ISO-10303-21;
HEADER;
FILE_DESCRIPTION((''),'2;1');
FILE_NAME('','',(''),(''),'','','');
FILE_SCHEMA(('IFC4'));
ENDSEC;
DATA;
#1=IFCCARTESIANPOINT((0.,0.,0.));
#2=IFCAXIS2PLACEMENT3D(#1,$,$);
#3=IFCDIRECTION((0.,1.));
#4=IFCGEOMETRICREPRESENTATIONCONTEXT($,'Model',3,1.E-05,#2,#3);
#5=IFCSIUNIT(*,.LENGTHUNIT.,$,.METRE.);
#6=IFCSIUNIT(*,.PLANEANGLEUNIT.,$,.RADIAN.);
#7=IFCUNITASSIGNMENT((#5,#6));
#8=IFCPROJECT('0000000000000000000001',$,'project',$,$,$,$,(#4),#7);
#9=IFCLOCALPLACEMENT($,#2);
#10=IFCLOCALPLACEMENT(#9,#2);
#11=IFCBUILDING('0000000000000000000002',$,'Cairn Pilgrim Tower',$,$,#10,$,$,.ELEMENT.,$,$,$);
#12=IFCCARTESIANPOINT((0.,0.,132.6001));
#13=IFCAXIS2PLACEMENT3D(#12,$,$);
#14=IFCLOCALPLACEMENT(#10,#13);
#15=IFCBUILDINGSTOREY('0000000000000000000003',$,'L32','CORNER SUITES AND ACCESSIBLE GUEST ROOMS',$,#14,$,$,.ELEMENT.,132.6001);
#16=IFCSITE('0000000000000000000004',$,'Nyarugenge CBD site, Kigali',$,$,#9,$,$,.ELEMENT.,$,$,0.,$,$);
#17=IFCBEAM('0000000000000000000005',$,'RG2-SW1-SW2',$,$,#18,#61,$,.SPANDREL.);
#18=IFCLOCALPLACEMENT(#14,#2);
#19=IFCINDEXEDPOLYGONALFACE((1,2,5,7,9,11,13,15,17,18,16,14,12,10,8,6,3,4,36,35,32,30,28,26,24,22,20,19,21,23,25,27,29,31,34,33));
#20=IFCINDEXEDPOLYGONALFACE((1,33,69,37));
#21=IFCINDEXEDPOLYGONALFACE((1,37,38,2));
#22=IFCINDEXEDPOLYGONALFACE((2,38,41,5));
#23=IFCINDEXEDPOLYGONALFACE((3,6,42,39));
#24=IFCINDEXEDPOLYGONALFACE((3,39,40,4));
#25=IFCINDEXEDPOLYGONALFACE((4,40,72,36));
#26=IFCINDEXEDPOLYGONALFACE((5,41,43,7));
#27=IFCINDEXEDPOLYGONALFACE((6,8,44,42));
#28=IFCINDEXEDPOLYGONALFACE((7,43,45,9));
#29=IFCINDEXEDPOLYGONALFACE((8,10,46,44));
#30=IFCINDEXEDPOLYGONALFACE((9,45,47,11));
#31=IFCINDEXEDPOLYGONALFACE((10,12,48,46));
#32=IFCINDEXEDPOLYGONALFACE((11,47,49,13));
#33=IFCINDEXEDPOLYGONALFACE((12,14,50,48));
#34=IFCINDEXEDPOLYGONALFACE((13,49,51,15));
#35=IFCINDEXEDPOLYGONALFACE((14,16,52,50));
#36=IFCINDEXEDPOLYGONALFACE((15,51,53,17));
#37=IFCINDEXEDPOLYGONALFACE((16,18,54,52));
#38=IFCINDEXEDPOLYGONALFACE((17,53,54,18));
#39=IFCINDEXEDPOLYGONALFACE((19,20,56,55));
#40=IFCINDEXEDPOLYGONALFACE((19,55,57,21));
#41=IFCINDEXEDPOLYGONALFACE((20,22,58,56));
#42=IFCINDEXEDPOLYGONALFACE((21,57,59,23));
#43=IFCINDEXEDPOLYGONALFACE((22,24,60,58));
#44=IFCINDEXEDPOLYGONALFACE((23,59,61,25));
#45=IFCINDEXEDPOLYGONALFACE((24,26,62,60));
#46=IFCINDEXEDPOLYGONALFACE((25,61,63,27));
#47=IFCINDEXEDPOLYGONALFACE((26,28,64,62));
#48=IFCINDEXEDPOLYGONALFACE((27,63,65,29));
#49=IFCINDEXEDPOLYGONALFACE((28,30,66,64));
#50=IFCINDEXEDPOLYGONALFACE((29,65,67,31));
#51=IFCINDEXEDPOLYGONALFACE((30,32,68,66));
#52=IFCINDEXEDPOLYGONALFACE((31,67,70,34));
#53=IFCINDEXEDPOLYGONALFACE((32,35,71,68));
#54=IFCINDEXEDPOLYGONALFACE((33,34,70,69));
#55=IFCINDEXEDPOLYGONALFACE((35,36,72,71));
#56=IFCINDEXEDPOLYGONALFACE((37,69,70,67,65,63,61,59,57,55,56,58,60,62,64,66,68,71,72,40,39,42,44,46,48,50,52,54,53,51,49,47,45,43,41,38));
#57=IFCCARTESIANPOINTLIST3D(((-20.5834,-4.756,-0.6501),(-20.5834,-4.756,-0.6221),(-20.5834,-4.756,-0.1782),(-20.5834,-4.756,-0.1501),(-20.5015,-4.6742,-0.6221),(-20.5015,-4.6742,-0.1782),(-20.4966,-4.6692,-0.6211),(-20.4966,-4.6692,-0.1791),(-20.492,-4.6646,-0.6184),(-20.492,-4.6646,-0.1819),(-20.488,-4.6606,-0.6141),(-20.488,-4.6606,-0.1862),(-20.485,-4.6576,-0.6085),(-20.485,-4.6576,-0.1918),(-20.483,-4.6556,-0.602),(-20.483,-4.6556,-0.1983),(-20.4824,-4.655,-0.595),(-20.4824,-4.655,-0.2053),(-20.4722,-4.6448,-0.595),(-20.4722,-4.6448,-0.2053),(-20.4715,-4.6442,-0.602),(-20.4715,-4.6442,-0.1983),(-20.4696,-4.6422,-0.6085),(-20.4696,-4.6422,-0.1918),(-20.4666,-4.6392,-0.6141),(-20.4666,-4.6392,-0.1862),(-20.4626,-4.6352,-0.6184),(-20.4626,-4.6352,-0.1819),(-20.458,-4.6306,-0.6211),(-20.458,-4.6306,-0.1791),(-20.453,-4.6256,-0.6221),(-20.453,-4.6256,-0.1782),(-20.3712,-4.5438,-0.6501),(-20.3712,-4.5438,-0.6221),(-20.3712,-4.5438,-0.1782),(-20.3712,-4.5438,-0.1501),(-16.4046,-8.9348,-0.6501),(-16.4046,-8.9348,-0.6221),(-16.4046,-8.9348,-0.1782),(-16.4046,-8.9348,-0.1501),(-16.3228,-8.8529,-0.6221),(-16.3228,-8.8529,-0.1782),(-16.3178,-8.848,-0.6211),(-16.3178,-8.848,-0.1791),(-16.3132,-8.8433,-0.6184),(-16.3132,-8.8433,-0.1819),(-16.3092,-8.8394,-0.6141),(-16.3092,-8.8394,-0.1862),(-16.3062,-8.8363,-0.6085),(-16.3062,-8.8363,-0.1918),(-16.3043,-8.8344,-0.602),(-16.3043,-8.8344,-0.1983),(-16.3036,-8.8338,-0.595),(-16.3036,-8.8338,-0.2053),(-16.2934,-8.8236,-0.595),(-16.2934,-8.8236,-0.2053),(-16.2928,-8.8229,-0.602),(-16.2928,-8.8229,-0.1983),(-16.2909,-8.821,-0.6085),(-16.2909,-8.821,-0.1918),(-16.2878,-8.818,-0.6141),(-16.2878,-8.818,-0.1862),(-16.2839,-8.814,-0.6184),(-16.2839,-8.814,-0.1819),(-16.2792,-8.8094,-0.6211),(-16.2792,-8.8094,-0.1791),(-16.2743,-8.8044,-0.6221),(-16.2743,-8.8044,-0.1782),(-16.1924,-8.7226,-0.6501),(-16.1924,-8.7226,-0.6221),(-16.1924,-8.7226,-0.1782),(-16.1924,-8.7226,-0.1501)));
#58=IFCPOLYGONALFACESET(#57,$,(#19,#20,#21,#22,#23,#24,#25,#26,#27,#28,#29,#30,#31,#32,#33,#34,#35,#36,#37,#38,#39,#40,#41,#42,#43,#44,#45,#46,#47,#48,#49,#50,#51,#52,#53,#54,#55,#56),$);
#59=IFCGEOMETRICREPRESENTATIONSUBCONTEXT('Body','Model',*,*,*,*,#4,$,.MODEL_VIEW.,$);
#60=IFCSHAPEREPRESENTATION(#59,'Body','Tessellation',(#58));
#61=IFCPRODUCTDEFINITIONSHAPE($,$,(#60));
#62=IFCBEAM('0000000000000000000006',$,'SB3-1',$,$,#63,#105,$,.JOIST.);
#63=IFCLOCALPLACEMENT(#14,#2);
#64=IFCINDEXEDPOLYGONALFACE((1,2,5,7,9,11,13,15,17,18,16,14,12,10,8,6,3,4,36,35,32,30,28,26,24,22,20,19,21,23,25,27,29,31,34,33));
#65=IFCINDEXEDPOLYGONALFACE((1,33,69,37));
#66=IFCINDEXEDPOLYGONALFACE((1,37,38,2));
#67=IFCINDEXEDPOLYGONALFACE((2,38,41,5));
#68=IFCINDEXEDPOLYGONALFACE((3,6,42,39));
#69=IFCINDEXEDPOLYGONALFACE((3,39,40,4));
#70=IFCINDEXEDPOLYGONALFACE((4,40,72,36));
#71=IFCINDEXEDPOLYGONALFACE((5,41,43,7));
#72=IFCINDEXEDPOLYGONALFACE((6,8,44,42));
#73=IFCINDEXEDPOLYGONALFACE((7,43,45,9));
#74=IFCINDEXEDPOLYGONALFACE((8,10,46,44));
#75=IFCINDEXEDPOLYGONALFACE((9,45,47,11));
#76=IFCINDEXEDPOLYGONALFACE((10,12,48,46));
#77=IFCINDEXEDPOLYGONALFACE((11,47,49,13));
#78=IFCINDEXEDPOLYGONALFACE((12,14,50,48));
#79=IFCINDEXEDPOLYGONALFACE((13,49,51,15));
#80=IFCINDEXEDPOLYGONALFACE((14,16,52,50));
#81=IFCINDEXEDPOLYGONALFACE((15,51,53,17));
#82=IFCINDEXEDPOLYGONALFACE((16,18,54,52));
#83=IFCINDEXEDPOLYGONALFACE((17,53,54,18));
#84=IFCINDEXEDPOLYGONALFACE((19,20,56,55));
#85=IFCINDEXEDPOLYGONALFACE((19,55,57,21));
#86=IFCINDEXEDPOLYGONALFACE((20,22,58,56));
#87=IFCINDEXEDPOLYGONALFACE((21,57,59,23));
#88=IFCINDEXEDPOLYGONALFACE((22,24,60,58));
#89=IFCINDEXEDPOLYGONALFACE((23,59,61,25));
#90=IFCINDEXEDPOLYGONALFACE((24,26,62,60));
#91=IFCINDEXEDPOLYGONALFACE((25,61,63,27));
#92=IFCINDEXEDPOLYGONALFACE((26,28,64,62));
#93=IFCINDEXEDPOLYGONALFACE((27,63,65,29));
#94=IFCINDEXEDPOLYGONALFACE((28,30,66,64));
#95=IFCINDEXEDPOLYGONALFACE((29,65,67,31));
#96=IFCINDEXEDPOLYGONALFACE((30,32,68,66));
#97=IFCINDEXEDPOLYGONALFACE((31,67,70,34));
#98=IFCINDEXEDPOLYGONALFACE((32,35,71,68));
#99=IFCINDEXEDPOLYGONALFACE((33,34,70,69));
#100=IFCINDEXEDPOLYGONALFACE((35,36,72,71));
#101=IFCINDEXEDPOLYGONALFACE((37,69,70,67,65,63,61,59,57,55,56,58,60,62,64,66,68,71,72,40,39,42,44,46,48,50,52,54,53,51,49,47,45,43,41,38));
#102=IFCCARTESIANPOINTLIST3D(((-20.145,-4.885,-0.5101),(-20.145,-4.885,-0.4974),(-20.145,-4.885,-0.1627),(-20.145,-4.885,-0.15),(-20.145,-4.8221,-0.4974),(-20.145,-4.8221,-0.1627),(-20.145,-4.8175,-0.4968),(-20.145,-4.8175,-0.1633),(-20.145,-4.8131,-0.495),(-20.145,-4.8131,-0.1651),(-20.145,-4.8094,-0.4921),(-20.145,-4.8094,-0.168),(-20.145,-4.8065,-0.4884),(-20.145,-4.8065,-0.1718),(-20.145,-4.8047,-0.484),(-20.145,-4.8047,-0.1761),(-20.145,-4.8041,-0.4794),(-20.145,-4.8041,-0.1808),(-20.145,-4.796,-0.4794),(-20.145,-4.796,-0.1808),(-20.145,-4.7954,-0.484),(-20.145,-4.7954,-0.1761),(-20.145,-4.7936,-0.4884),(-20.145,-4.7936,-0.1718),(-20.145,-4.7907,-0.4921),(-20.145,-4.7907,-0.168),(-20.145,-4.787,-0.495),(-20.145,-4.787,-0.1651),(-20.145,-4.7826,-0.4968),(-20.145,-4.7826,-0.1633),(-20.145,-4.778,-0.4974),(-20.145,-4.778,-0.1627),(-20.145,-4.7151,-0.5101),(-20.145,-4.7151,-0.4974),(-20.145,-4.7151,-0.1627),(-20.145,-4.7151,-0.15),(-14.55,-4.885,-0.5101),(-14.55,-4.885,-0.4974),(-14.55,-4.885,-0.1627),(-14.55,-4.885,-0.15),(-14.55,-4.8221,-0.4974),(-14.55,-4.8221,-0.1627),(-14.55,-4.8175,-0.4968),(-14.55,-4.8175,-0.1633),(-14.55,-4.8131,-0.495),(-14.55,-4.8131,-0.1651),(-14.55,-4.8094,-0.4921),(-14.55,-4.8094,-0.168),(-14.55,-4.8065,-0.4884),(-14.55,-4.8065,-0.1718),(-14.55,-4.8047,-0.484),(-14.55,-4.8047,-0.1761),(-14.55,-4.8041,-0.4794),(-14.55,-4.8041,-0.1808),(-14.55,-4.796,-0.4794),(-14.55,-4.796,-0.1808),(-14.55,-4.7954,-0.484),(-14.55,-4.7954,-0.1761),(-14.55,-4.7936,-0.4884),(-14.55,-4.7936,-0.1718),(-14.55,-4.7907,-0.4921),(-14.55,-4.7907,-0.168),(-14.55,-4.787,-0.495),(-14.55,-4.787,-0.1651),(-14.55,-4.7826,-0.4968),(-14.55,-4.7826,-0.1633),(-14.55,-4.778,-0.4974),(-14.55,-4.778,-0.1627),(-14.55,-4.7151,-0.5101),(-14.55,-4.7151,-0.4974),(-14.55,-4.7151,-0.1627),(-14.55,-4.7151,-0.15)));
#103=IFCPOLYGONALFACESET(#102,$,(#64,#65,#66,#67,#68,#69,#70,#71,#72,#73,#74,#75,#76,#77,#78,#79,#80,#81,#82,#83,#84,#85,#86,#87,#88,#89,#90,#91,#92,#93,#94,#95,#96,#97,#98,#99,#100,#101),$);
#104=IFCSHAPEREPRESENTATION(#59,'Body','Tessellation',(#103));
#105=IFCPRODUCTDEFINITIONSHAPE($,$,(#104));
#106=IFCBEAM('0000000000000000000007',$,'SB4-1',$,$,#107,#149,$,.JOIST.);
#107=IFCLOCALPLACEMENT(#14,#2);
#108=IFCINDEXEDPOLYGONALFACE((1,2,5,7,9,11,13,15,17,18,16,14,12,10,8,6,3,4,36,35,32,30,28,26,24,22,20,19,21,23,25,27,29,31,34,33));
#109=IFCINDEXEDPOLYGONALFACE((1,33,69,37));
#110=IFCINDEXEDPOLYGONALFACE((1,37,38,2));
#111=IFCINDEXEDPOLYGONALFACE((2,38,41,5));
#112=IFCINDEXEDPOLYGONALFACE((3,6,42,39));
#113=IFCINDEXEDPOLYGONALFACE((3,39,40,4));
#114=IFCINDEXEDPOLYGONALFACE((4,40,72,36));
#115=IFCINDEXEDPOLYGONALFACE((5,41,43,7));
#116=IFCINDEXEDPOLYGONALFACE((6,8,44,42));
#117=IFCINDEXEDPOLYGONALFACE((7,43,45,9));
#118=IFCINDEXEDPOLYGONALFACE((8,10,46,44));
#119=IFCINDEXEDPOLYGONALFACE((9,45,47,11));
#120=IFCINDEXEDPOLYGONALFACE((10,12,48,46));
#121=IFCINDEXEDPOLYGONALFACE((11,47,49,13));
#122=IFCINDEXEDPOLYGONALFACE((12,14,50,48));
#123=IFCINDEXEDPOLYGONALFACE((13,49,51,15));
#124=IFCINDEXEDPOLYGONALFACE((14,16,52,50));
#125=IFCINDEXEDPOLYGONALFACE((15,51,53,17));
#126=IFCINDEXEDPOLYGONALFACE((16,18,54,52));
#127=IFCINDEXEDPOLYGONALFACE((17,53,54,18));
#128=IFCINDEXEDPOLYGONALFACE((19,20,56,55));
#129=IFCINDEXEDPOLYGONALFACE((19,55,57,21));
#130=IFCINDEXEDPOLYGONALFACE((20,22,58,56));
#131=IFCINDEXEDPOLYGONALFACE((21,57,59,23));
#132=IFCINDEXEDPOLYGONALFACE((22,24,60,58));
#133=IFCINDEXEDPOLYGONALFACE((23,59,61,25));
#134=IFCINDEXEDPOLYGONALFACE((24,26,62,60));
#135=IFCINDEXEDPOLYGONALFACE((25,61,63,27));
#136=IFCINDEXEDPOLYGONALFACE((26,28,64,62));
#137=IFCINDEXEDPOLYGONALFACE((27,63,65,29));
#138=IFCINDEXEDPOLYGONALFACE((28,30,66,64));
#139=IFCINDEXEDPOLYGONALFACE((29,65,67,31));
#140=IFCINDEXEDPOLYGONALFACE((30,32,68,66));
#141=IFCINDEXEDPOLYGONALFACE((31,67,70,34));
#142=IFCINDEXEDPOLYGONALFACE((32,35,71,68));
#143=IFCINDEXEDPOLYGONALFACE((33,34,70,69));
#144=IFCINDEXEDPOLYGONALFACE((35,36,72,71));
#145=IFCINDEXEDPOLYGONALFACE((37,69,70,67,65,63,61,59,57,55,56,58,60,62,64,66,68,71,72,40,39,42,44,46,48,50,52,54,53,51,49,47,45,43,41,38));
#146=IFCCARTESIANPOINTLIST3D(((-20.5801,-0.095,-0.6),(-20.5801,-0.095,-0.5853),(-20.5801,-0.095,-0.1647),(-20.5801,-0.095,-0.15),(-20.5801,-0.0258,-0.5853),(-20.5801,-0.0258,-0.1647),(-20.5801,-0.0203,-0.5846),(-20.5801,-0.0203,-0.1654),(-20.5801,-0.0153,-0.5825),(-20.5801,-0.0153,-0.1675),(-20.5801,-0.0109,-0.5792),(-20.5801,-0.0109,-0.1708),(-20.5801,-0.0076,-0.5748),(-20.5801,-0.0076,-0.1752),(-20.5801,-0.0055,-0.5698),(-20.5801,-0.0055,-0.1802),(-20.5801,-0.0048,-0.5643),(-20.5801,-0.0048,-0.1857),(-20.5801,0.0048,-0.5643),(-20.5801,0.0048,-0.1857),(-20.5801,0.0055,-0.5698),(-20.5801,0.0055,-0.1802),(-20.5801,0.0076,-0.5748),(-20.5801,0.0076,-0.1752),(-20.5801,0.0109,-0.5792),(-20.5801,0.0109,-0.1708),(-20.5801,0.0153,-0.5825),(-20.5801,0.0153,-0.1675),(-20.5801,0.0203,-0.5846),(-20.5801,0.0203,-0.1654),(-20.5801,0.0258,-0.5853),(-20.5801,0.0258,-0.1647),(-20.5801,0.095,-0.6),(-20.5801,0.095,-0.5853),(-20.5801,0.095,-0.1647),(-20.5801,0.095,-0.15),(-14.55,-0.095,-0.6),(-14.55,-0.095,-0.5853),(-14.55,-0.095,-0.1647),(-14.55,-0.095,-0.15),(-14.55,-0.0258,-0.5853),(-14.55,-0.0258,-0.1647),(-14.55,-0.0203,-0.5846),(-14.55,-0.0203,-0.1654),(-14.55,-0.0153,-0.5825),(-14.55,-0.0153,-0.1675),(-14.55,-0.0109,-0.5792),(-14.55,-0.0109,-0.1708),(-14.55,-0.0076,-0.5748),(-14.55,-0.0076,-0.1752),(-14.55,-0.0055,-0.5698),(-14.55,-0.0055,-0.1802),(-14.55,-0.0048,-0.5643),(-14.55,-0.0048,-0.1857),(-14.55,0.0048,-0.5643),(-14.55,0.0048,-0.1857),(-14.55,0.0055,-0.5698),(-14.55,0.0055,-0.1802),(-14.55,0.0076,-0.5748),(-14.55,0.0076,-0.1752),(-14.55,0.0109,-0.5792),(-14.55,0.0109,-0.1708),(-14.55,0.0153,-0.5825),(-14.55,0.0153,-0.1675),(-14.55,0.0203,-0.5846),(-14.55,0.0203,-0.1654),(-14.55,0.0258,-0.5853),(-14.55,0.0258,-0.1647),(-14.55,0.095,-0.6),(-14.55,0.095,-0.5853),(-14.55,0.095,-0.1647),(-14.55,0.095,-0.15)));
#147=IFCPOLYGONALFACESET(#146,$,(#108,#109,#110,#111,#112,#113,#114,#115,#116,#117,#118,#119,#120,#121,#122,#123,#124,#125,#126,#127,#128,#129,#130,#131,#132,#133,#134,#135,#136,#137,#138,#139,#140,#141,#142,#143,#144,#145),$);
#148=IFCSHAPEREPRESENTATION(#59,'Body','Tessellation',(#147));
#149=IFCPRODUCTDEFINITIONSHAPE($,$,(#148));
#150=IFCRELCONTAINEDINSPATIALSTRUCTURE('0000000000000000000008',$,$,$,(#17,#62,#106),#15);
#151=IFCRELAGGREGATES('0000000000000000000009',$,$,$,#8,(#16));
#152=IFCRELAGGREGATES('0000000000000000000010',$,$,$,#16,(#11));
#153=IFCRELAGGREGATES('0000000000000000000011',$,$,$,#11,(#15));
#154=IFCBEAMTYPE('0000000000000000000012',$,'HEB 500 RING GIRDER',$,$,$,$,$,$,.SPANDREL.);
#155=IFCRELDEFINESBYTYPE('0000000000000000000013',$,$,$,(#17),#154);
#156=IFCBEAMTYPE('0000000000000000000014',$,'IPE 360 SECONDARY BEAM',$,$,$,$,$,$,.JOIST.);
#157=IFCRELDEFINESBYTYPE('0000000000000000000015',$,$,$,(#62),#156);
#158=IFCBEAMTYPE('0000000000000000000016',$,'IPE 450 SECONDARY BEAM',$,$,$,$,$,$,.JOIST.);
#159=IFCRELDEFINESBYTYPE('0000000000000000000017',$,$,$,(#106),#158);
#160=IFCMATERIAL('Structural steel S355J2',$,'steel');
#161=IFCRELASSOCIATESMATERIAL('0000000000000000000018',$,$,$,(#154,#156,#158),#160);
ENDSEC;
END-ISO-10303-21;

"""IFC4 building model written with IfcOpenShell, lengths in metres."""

from ifc_helpers import new_model, si_unit, direction, frame, origin, origin_2d, place, context, subcontext, project, spatial, i_section, extrude, material, material_profile, profile_set, type_object, element, save


model = new_model("IFC4")

# Units and contexts
model_context = context("Model", 3, precision=1e-05, world=origin(), true_north=direction((0.0, 1.0)))
body_context = subcontext(model_context, "Body", "Model", "MODEL_VIEW")
ifc_project = project(units=[si_unit("LENGTHUNIT", "METRE"), si_unit("PLANEANGLEUNIT", "RADIAN")], contexts=[model_context])

# Site, building, storey
site_placement = place(None, origin())
site = spatial("IfcSite", under=ifc_project, at=site_placement, Name="Nyarugenge CBD site, Kigali", CompositionType="ELEMENT", RefElevation=0.0)
building_placement = place(site_placement, origin())
building = spatial("IfcBuilding", under=site, at=building_placement, Name="Cairn Pilgrim Tower", CompositionType="ELEMENT")
storey_placement = place(building_placement, frame((0.0, 0.0, 132.6001)))
storey = spatial("IfcBuildingStorey", under=building, at=storey_placement, Name="L32", Description="CORNER SUITES AND ACCESSIBLE GUEST ROOMS", CompositionType="ELEMENT", Elevation=132.6001)

# Shared definitions
ifc_material_1 = material(Name="Structural steel S355J2", Category="steel")

# Beams
ifc_material_profile_1 = material_profile(ifc_material_1, i_section(OverallWidth=0.3, OverallDepth=0.5, WebThickness=0.0144, FlangeThickness=0.0281, FilletRadius=0.0271, at=origin_2d()), Name="HEB 500")
ifc_profile_set_1 = profile_set([ifc_material_profile_1], Name="Structural steel S355J2")
beam_type_1 = type_object("IfcBeamType", Name="HEB 500 RING GIRDER", PredefinedType="SPANDREL", material=ifc_profile_set_1)
beam_1_placement = place(storey_placement, frame((-20.4773, -4.6499, -0.4001), z_axis=(0.707107, -0.707107, 0.0), x_axis=(0.707107, 0.707107, 0.0)))
element("IfcBeam", 1, at=beam_1_placement, inside=storey, type_object=beam_type_1, Name="RG2-SW1-SW2", PredefinedType="SPANDREL", context=body_context, shape_type="SweptSolid", body=[
    extrude(i_section(OverallWidth=0.3, OverallDepth=0.5, WebThickness=0.0144, FlangeThickness=0.0281, FilletRadius=0.0271, at=origin_2d()), origin(), (0.0, 0.0, 1.0), 5.9097),
])
ifc_material_profile_2 = material_profile(ifc_material_1, i_section(OverallWidth=0.1699, OverallDepth=0.3601, WebThickness=0.0081, FlangeThickness=0.0127, FilletRadius=0.0181, at=origin_2d()), Name="IPE 360")
ifc_profile_set_2 = profile_set([ifc_material_profile_2], Name="Structural steel S355J2")
beam_type_2 = type_object("IfcBeamType", Name="IPE 360 SECONDARY BEAM", PredefinedType="JOIST", material=ifc_profile_set_2)
beam_2_placement = place(storey_placement, frame((-20.145, -4.8, -0.3301), z_axis=(1.0, 0.0, 0.0), x_axis=(0.0, 1.0, 0.0)))
element("IfcBeam", 2, at=beam_2_placement, inside=storey, type_object=beam_type_2, Name="SB3-1", PredefinedType="JOIST", context=body_context, shape_type="SweptSolid", body=[
    extrude(i_section(OverallWidth=0.1699, OverallDepth=0.3601, WebThickness=0.0081, FlangeThickness=0.0127, FilletRadius=0.0181, at=origin_2d()), origin(), (0.0, 0.0, 1.0), 5.595),
])
ifc_material_profile_3 = material_profile(ifc_material_1, i_section(OverallWidth=0.1899, OverallDepth=0.45, WebThickness=0.0095, FlangeThickness=0.0146, FilletRadius=0.021, at=origin_2d()), Name="IPE 450")
ifc_profile_set_3 = profile_set([ifc_material_profile_3], Name="Structural steel S355J2")
beam_type_3 = type_object("IfcBeamType", Name="IPE 450 SECONDARY BEAM", PredefinedType="JOIST", material=ifc_profile_set_3)
beam_3_placement = place(storey_placement, frame((-20.5801, 0.0, -0.375), z_axis=(1.0, 0.0, 0.0), x_axis=(0.0, 1.0, 0.0)))
element("IfcBeam", 3, at=beam_3_placement, inside=storey, type_object=beam_type_3, Name="SB4-1", PredefinedType="JOIST", context=body_context, shape_type="SweptSolid", body=[
    extrude(i_section(OverallWidth=0.1899, OverallDepth=0.45, WebThickness=0.0095, FlangeThickness=0.0146, FilletRadius=0.021, at=origin_2d()), origin(), (0.0, 0.0, 1.0), 6.03),
])

save(model, "model.ifc")
